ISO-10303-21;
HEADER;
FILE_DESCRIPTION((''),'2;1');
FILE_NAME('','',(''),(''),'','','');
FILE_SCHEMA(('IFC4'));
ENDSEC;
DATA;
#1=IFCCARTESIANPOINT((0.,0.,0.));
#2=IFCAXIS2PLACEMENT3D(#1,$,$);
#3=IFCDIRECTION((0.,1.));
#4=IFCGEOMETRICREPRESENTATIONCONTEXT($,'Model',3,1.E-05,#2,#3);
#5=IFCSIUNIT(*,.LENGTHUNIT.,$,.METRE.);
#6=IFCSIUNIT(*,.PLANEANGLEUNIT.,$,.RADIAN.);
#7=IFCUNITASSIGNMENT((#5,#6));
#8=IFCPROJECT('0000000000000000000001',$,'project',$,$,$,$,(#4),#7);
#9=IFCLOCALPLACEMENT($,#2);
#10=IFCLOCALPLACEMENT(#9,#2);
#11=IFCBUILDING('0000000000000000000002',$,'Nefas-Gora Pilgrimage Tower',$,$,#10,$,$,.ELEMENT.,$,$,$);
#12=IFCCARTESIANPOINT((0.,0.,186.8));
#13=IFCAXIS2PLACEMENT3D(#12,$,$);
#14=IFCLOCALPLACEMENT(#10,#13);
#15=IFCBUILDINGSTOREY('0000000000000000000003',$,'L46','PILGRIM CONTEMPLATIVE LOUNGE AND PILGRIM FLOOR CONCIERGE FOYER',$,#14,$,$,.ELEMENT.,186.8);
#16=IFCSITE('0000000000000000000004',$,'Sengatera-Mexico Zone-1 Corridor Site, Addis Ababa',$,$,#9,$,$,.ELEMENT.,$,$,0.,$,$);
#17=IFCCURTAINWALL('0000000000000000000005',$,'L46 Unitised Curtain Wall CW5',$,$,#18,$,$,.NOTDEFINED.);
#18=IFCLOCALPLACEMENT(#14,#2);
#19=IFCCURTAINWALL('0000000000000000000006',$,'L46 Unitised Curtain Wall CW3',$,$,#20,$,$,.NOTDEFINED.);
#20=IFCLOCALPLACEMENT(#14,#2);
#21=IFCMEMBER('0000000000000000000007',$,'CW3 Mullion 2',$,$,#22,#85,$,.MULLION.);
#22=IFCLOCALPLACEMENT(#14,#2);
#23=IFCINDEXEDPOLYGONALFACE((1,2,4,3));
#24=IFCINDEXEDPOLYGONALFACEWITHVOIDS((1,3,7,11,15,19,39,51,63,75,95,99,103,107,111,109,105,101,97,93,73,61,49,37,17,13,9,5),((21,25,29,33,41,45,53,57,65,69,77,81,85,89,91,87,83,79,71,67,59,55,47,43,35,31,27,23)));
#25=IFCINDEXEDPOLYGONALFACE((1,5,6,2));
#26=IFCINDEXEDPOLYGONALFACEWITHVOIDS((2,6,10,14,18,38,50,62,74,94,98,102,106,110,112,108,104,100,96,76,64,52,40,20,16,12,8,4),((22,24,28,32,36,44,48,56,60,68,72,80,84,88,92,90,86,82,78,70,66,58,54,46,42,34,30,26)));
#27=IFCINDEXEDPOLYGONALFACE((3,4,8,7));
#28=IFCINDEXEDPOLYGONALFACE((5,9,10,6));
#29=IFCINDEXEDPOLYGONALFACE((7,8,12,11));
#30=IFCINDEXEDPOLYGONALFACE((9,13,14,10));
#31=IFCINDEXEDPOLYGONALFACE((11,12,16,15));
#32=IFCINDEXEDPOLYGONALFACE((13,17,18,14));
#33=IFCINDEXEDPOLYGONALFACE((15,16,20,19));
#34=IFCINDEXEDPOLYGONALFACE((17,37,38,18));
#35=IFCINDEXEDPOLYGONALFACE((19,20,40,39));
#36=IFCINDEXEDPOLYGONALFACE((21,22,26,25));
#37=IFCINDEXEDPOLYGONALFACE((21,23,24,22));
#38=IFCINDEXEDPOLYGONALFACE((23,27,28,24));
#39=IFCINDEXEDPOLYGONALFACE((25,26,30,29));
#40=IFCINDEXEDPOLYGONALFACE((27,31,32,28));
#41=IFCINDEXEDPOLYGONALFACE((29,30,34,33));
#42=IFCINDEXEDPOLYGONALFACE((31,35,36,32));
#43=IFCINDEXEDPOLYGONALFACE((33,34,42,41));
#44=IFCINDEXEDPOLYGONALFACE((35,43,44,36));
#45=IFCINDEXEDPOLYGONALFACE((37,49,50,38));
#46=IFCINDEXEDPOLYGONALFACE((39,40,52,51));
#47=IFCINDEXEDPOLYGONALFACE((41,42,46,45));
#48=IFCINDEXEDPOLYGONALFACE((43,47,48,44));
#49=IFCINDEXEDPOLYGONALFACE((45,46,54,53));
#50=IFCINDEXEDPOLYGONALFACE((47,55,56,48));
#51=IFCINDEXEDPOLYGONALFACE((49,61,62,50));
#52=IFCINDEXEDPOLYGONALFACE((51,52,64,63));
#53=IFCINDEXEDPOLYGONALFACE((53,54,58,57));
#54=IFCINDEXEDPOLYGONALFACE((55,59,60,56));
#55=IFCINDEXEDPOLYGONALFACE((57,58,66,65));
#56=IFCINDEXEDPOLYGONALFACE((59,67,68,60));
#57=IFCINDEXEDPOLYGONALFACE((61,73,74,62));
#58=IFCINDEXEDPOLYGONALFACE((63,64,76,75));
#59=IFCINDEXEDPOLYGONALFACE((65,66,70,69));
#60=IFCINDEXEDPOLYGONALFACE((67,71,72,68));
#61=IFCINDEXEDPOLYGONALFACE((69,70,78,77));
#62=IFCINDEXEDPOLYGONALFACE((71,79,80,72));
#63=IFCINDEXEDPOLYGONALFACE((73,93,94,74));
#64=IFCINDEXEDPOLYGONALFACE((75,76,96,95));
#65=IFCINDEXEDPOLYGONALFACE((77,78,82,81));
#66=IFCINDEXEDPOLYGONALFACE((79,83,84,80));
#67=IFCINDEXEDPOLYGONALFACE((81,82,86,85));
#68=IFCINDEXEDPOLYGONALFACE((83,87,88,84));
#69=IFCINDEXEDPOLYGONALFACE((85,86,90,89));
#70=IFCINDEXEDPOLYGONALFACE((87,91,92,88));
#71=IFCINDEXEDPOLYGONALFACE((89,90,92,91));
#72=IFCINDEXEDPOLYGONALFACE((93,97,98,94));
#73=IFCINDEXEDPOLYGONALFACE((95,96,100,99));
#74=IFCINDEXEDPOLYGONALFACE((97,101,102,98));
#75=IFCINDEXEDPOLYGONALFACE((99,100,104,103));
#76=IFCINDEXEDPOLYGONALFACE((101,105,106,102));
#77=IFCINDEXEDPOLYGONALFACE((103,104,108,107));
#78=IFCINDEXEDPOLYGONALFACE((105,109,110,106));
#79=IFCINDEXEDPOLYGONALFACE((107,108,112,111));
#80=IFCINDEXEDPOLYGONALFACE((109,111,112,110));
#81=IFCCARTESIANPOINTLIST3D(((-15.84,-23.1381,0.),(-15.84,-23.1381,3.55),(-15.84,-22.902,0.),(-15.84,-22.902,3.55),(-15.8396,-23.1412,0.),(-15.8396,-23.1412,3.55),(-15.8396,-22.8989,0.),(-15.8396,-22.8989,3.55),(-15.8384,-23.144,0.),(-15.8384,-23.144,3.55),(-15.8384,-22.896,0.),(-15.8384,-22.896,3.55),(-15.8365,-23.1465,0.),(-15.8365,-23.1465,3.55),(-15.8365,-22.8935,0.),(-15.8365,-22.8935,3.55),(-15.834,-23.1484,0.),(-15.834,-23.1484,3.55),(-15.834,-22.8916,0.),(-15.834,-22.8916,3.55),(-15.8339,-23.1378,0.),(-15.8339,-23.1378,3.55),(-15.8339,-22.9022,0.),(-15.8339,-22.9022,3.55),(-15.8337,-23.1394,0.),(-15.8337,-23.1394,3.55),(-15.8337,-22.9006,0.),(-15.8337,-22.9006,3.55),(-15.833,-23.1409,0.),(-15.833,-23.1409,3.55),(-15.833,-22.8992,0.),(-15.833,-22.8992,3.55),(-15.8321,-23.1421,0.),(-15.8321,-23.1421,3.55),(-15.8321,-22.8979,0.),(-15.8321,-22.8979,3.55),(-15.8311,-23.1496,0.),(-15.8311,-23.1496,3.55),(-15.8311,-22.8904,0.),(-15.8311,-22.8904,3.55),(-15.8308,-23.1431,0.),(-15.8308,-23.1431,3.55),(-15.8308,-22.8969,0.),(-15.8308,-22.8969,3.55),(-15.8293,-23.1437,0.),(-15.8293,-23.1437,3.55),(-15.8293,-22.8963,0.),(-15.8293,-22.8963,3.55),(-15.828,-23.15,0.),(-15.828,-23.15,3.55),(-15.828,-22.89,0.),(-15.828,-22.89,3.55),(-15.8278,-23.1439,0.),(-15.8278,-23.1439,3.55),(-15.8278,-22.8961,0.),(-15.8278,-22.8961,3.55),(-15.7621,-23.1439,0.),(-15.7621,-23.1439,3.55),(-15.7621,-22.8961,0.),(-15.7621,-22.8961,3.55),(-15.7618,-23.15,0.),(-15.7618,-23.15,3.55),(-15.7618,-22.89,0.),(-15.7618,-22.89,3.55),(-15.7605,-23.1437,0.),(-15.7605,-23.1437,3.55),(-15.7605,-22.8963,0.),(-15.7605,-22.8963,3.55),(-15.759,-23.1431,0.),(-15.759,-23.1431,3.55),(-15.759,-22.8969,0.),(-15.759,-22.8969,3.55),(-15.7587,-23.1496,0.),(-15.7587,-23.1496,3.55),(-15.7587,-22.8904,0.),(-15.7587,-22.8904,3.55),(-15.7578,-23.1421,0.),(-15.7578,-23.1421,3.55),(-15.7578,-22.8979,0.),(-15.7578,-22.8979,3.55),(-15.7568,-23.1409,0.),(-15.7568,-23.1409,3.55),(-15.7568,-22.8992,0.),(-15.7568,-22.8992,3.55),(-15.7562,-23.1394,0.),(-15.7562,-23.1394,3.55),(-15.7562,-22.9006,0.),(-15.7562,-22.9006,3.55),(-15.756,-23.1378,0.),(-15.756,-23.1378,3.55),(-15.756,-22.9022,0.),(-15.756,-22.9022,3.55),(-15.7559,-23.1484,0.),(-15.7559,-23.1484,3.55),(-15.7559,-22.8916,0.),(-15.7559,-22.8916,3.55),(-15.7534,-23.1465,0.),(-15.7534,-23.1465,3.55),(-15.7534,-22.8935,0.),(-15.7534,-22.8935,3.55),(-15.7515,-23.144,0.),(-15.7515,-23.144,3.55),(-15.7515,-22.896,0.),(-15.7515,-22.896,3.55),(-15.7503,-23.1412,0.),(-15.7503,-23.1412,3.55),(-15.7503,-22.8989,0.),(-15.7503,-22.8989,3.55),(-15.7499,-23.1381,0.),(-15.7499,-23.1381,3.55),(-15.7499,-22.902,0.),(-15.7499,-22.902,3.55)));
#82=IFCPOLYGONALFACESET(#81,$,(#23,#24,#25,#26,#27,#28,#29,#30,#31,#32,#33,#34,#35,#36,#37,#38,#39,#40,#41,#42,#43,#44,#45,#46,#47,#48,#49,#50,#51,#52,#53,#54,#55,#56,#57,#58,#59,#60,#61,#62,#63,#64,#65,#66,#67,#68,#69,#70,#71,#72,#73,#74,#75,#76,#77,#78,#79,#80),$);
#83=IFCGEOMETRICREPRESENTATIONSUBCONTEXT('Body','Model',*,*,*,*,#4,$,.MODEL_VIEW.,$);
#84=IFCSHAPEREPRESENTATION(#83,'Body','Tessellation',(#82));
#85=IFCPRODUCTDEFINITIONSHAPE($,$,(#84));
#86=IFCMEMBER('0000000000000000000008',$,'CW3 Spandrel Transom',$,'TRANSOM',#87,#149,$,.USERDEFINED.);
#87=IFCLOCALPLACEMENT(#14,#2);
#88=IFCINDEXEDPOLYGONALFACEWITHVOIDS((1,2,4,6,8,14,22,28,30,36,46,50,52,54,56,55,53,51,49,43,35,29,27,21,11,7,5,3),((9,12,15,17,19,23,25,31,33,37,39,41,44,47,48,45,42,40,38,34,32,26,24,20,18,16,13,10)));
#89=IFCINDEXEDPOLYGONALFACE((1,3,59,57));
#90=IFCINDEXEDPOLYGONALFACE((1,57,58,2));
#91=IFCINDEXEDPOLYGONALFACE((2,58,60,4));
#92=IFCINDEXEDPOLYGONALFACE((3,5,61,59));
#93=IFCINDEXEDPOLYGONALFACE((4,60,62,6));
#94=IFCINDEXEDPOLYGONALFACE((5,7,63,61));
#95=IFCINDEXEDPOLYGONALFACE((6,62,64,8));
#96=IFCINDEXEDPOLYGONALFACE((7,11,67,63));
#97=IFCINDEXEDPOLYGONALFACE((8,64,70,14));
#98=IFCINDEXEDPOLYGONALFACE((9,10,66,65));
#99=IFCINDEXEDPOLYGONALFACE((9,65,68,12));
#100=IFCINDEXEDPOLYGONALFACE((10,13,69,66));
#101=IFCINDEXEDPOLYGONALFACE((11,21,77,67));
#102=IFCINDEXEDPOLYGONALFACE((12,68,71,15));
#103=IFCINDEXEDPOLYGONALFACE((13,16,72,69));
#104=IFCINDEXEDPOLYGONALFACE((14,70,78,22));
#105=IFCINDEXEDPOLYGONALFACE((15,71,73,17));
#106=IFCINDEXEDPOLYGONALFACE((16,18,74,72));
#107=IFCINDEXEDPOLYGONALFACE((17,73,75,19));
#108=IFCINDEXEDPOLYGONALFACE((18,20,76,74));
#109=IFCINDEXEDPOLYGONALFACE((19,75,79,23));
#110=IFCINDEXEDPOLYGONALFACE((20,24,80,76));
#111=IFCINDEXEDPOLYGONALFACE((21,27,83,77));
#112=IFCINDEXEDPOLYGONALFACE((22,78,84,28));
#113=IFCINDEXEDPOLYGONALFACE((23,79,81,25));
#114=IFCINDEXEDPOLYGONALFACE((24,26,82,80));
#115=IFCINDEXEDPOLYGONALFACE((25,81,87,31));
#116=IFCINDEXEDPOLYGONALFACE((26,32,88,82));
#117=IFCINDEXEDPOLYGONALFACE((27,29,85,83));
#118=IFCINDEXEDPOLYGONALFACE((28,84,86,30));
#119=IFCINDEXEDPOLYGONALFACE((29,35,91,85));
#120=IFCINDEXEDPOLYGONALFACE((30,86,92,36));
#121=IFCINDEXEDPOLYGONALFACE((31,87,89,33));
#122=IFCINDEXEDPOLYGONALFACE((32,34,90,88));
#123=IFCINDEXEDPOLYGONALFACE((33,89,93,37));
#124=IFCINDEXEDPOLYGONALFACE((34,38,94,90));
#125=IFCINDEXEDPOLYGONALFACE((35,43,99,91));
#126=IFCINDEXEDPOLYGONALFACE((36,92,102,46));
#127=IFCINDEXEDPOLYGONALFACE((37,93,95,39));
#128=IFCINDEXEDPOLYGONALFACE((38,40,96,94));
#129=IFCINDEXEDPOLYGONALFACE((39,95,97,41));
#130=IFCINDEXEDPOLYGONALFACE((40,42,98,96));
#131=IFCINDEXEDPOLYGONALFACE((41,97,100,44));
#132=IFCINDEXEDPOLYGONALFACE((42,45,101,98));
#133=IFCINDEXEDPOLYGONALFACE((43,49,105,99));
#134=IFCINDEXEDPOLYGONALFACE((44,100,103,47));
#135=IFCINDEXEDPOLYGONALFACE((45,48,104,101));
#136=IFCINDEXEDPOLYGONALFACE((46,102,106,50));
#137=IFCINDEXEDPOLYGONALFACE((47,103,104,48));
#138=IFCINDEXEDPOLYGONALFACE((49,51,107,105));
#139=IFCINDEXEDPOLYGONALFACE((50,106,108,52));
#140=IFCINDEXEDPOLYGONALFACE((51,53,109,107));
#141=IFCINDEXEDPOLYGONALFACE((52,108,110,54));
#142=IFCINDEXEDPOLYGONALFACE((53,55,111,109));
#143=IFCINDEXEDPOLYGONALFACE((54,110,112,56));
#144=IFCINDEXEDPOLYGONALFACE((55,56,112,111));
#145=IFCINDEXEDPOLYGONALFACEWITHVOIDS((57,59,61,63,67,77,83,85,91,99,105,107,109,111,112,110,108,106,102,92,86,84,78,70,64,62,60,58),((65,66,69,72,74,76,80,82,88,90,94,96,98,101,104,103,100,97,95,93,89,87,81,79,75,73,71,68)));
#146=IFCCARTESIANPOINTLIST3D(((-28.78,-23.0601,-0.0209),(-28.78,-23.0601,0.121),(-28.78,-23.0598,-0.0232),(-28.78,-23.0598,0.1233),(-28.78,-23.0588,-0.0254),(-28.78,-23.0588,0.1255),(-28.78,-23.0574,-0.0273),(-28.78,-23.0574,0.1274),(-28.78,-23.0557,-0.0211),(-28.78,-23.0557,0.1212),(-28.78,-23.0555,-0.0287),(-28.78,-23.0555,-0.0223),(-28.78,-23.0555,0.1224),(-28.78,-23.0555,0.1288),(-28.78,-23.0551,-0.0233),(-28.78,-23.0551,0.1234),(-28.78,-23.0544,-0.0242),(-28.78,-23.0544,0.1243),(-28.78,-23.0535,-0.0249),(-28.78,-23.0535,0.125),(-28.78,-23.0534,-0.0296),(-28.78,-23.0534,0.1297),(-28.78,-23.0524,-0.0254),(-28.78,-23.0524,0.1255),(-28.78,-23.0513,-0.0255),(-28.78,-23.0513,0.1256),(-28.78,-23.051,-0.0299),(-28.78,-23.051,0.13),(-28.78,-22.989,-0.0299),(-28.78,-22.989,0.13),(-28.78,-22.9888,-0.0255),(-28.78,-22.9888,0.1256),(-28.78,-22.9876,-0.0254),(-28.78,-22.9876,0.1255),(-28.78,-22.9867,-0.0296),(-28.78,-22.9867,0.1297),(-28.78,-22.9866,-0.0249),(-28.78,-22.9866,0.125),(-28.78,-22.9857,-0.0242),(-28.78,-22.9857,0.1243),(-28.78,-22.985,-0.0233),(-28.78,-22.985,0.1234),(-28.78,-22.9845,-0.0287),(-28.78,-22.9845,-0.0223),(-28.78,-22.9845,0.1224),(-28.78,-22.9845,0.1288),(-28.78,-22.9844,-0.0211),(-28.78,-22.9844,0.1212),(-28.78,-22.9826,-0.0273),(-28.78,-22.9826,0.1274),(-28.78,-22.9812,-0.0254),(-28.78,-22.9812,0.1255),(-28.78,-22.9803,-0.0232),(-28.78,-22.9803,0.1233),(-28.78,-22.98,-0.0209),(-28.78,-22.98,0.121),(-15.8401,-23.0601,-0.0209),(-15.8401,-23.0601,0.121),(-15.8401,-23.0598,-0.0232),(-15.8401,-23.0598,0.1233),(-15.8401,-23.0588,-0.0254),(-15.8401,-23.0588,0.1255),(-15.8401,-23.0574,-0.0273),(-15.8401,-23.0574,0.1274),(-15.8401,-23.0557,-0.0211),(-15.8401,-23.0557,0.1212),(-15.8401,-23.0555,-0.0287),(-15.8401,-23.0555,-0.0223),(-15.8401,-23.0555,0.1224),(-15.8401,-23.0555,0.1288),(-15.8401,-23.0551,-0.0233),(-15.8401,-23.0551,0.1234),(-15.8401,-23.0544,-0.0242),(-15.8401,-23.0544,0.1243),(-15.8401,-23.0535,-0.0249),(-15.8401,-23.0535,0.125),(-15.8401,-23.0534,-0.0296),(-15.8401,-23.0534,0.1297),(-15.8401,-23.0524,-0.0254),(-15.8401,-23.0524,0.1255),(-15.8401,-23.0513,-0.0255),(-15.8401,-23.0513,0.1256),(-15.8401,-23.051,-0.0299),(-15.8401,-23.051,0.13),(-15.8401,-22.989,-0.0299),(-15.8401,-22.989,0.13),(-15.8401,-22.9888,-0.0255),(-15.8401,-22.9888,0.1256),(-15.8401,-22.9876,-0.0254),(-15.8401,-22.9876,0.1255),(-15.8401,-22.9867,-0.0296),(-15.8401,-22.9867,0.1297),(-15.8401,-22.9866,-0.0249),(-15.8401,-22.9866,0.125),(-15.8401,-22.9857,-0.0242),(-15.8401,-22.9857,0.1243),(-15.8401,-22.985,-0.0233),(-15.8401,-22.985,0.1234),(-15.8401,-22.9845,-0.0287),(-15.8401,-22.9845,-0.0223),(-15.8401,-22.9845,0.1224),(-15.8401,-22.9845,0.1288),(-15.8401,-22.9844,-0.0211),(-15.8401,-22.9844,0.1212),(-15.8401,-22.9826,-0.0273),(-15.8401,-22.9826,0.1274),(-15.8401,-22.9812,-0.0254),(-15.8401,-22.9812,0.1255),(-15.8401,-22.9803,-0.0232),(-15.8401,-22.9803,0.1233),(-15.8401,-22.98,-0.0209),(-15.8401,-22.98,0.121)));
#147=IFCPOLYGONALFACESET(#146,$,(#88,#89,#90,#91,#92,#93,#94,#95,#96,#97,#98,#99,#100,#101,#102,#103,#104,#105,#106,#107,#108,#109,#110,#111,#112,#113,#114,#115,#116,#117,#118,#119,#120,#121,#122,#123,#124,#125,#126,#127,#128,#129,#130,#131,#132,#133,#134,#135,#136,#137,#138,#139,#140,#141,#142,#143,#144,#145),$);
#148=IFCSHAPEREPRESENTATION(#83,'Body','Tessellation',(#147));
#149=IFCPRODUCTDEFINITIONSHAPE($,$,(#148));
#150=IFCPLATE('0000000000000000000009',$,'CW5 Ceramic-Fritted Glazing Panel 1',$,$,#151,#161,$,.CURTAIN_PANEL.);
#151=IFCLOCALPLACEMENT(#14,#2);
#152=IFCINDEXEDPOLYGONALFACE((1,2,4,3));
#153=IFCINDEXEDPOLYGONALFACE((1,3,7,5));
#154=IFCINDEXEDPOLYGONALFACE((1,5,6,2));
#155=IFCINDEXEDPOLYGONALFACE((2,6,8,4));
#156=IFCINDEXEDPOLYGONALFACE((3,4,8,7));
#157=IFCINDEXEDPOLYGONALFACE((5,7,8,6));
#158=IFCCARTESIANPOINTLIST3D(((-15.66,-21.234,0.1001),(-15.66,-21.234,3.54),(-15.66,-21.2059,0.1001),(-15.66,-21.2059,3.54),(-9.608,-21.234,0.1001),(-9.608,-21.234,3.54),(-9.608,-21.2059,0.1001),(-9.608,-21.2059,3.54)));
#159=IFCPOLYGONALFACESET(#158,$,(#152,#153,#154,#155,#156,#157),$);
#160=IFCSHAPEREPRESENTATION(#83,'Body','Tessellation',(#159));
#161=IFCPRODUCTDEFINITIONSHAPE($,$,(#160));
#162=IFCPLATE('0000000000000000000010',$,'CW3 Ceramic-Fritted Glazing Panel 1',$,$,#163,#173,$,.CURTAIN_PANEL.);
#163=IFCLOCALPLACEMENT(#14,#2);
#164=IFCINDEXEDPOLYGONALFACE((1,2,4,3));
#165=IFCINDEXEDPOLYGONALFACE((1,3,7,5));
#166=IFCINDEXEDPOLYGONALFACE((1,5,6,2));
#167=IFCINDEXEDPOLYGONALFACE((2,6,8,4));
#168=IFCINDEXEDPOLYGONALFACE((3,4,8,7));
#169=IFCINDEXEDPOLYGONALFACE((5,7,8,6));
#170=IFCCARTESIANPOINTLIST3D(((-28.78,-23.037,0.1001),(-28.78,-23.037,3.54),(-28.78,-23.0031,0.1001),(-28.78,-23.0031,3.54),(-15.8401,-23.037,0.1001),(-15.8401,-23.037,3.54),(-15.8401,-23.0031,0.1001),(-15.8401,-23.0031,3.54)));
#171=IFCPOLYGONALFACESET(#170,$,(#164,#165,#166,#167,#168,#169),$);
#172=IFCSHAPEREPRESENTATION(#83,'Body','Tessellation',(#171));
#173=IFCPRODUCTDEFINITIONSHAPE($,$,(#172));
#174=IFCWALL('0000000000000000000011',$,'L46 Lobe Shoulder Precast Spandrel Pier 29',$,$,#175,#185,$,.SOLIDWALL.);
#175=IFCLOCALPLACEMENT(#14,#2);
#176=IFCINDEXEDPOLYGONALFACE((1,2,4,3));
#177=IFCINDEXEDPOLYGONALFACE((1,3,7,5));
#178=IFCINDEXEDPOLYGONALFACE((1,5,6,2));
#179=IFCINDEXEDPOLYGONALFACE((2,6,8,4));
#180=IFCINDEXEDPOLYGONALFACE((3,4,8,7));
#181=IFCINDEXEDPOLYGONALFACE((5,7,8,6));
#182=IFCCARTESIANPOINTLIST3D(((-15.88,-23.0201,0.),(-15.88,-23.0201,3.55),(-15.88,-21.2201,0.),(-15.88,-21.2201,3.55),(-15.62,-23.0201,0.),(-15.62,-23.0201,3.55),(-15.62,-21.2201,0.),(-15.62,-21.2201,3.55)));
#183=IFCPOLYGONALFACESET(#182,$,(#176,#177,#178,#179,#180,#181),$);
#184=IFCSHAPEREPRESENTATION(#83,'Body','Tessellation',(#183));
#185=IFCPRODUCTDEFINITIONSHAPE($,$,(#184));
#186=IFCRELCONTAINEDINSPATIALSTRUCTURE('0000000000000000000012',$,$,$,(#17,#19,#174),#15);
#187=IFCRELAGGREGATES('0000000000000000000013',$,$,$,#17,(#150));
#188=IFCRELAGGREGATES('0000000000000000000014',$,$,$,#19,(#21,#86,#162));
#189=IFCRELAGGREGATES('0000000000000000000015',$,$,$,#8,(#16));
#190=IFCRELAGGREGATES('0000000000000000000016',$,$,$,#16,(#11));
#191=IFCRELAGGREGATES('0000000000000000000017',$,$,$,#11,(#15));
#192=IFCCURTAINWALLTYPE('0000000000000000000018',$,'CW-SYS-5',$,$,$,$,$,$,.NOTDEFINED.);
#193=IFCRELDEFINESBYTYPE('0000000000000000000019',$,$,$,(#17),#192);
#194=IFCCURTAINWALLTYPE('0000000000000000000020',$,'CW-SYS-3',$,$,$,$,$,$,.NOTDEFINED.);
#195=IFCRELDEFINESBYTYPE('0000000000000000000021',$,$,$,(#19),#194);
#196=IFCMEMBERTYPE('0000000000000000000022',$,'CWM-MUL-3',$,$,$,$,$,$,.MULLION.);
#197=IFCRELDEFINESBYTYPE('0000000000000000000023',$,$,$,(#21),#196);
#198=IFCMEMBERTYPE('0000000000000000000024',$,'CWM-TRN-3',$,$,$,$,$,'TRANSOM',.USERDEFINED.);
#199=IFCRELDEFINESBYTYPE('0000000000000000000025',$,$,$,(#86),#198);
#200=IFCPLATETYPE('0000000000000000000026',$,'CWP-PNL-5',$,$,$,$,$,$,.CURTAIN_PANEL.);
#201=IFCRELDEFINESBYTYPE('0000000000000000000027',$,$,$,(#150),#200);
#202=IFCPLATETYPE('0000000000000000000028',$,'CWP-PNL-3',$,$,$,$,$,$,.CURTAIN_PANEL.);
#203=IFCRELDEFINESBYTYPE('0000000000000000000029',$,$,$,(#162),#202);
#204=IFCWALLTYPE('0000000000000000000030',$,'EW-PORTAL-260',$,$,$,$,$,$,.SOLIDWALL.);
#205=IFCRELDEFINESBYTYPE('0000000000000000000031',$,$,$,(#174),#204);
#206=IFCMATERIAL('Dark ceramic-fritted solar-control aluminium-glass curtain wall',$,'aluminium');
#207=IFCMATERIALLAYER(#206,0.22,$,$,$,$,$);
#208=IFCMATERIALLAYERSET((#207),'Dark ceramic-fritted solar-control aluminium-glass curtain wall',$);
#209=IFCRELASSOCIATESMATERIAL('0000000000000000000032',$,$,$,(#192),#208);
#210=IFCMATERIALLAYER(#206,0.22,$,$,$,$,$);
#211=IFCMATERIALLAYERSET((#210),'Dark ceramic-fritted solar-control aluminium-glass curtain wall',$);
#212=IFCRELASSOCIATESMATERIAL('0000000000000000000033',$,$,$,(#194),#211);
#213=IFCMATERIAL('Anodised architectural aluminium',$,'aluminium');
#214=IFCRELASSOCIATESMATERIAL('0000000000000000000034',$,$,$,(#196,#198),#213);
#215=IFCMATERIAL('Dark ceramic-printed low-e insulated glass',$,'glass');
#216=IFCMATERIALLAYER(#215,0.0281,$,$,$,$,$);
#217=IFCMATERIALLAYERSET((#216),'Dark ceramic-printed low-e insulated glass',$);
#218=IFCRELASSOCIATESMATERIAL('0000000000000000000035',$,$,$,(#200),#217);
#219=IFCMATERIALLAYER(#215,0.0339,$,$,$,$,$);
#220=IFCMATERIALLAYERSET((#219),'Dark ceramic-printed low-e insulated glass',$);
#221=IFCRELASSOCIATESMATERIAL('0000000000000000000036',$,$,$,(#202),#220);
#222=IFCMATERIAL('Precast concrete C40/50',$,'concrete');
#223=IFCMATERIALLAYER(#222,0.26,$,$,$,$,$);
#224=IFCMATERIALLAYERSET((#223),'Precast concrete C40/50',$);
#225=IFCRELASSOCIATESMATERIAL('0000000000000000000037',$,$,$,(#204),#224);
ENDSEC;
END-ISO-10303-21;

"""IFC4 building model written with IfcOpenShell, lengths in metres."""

from ifc_helpers import new_model, si_unit, direction, frame, frame_2d, origin, origin_2d, place, context, subcontext, project, spatial, rectangle, hollow_rectangle, extrude, source, transform, mapped, material, layer, layer_set, material_profile, profile_set, type_object, element, aggregate, save


model = new_model("IFC4")

# Units and contexts
model_context = context("Model", 3, precision=1e-05, world=origin(), true_north=direction((0.0, 1.0)))
body_context = subcontext(model_context, "Body", "Model", "MODEL_VIEW")
ifc_project = project(units=[si_unit("LENGTHUNIT", "METRE"), si_unit("PLANEANGLEUNIT", "RADIAN")], contexts=[model_context])

# Site, building, storey
site_placement = place(None, origin())
site = spatial("IfcSite", under=ifc_project, at=site_placement, Name="Sengatera-Mexico Zone-1 Corridor Site, Addis Ababa", CompositionType="ELEMENT", RefElevation=0.0)
building_placement = place(site_placement, origin())
building = spatial("IfcBuilding", under=site, at=building_placement, Name="Nefas-Gora Pilgrimage Tower", CompositionType="ELEMENT")
storey_placement = place(building_placement, frame((0.0, 0.0, 186.8)))
storey = spatial("IfcBuildingStorey", under=building, at=storey_placement, Name="L46", Description="PILGRIM CONTEMPLATIVE LOUNGE AND PILGRIM FLOOR CONCIERGE FOYER", CompositionType="ELEMENT", Elevation=186.8)

# Curtain wall
ifc_material_1 = material(Name="Dark ceramic-fritted solar-control aluminium-glass curtain wall", Category="aluminium")
ifc_layer_1 = layer(ifc_material_1, 0.22)
ifc_layer_set_1 = layer_set([ifc_layer_1], Name="Dark ceramic-fritted solar-control aluminium-glass curtain wall")
curtain_wall_type_1 = type_object("IfcCurtainWallType", Name="CW-SYS-5", PredefinedType="NOTDEFINED", material=ifc_layer_set_1)
curtain_wall_1_placement = place(storey_placement, origin())
curtain_wall_1 = element("IfcCurtainWall", 1, at=curtain_wall_1_placement, inside=storey, type_object=curtain_wall_type_1, Name="L46 Unitised Curtain Wall CW5", PredefinedType="NOTDEFINED")
ifc_material_2 = material(Name="Anodised architectural aluminium", Category="aluminium")

# Shared definitions
ifc_layer_2 = layer(ifc_material_1, 0.22)
ifc_layer_set_2 = layer_set([ifc_layer_2], Name="Dark ceramic-fritted solar-control aluminium-glass curtain wall")
curtain_wall_type_2 = type_object("IfcCurtainWallType", Name="CW-SYS-3", PredefinedType="NOTDEFINED", material=ifc_layer_set_2)
ifc_material_profile_1 = material_profile(ifc_material_2, hollow_rectangle(XDim=0.0901, YDim=0.26, WallThickness=0.0061, InnerFilletRadius=0.0061, OuterFilletRadius=0.012, at=origin_2d()), Name="ALU MULLION 90x260")
ifc_profile_set_1 = profile_set([ifc_material_profile_1], Name="Anodised architectural aluminium")
member_type_1 = type_object("IfcMemberType", Name="CWM-MUL-3", PredefinedType="MULLION", material=ifc_profile_set_1)
shared_shape_1 = source(origin(), body_context, "Body", "SweptSolid", [
    extrude(hollow_rectangle(XDim=0.0901, YDim=0.26, WallThickness=0.0061, InnerFilletRadius=0.0061, OuterFilletRadius=0.012, at=origin_2d()), origin(), (0.0, 0.0, 1.0), 3.55),
])

# Curtain wall, members
curtain_wall_2_placement = place(storey_placement, origin())
curtain_wall_2 = element("IfcCurtainWall", 2, at=curtain_wall_2_placement, inside=storey, type_object=curtain_wall_type_2, Name="L46 Unitised Curtain Wall CW3", PredefinedType="NOTDEFINED")
member_1_placement = place(storey_placement, frame((-15.7949, -23.02, 0.0), z_axis=(0.0, 0.0, 1.0), x_axis=(1.0, 0.0, 0.0)))
member_1 = element("IfcMember", 3, at=member_1_placement, type_object=member_type_1, Name="CW3 Mullion 2", PredefinedType="MULLION", context=body_context, shape_type="MappedRepresentation", body=[
    mapped(shared_shape_1, transform((0.0, 0.0, 0.0), x_axis=(1.0, 0.0, 0.0), y_axis=(0.0, 1.0, 0.0), z_axis=(0.0, 0.0, 1.0), scale=1.0)),
])
ifc_material_profile_2 = material_profile(ifc_material_2, hollow_rectangle(XDim=0.0801, YDim=0.1599, WallThickness=0.0044, InnerFilletRadius=0.0044, OuterFilletRadius=0.009, at=origin_2d()), Name="ALU TRANSOM 80x160")
ifc_profile_set_2 = profile_set([ifc_material_profile_2], Name="Anodised architectural aluminium")
member_type_2 = type_object("IfcMemberType", Name="CWM-TRN-3", ElementType="TRANSOM", PredefinedType="USERDEFINED", material=ifc_profile_set_2)
shared_shape_2 = source(origin(), body_context, "Body", "SweptSolid", [
    extrude(hollow_rectangle(XDim=0.0801, YDim=0.1599, WallThickness=0.0044, InnerFilletRadius=0.0044, OuterFilletRadius=0.009, at=origin_2d()), origin(), (0.0, 0.0, 1.0), 12.9399),
])
member_2_placement = place(storey_placement, frame((-28.78, -23.02, 0.05), z_axis=(1.0, 0.0, 0.0), x_axis=(0.0, 1.0, 0.0)))
member_2 = element("IfcMember", 4, at=member_2_placement, type_object=member_type_2, Name="CW3 Spandrel Transom", ObjectType="TRANSOM", PredefinedType="USERDEFINED", context=body_context, shape_type="MappedRepresentation", body=[
    mapped(shared_shape_2, transform((0.0, 0.0, 0.0), x_axis=(1.0, 0.0, 0.0), y_axis=(0.0, 1.0, 0.0), z_axis=(0.0, 0.0, 1.0), scale=1.0)),
])

# Plates
ifc_material_3 = material(Name="Dark ceramic-printed low-e insulated glass", Category="glass")
ifc_layer_3 = layer(ifc_material_3, 0.0281)
ifc_layer_set_3 = layer_set([ifc_layer_3], Name="Dark ceramic-printed low-e insulated glass")
plate_type_1 = type_object("IfcPlateType", Name="CWP-PNL-5", PredefinedType="CURTAIN_PANEL", material=ifc_layer_set_3)
shared_shape_3 = source(origin(), body_context, "Body", "SweptSolid", [
    extrude(rectangle(XDim=6.052, YDim=0.0281, at=origin_2d()), origin(), (0.0, 0.0, 1.0), 3.4399),
])
plate_1_placement = place(storey_placement, frame((-12.634, -21.22, 0.1001), z_axis=(0.0, 0.0, 1.0), x_axis=(1.0, 0.0, 0.0)))
plate_1 = element("IfcPlate", 5, at=plate_1_placement, type_object=plate_type_1, Name="CW5 Ceramic-Fritted Glazing Panel 1", PredefinedType="CURTAIN_PANEL", context=body_context, shape_type="MappedRepresentation", body=[
    mapped(shared_shape_3, transform((0.0, 0.0, 0.0), x_axis=(1.0, 0.0, 0.0), y_axis=(0.0, 1.0, 0.0), z_axis=(0.0, 0.0, 1.0), scale=1.0)),
])
aggregate(curtain_wall_1, [plate_1])
ifc_layer_4 = layer(ifc_material_3, 0.0339)
ifc_layer_set_4 = layer_set([ifc_layer_4], Name="Dark ceramic-printed low-e insulated glass")
plate_type_2 = type_object("IfcPlateType", Name="CWP-PNL-3", PredefinedType="CURTAIN_PANEL", material=ifc_layer_set_4)
shared_shape_4 = source(origin(), body_context, "Body", "SweptSolid", [
    extrude(rectangle(XDim=12.9399, YDim=0.0339, at=origin_2d()), origin(), (0.0, 0.0, 1.0), 3.4399),
])
plate_2_placement = place(storey_placement, frame((-22.3101, -23.02, 0.1001), z_axis=(0.0, 0.0, 1.0), x_axis=(1.0, 0.0, 0.0)))
plate_2 = element("IfcPlate", 6, at=plate_2_placement, type_object=plate_type_2, Name="CW3 Ceramic-Fritted Glazing Panel 1", PredefinedType="CURTAIN_PANEL", context=body_context, shape_type="MappedRepresentation", body=[
    mapped(shared_shape_4, transform((0.0, 0.0, 0.0), x_axis=(1.0, 0.0, 0.0), y_axis=(0.0, 1.0, 0.0), z_axis=(0.0, 0.0, 1.0), scale=1.0)),
])
aggregate(curtain_wall_2, [member_1, member_2, plate_2])

# Wall
ifc_material_4 = material(Name="Precast concrete C40/50", Category="concrete")
ifc_layer_5 = layer(ifc_material_4, 0.26)
ifc_layer_set_5 = layer_set([ifc_layer_5], Name="Precast concrete C40/50")
wall_type_1 = type_object("IfcWallType", Name="EW-PORTAL-260", PredefinedType="SOLIDWALL", material=ifc_layer_set_5)
shared_shape_5 = source(origin(), body_context, "Body", "SweptSolid", [
    extrude(rectangle(XDim=1.8, YDim=0.26, at=frame_2d((0.8999, 0.0))), origin(), (0.0, 0.0, 1.0), 3.55),
])
wall_1_placement = place(storey_placement, frame((-15.75, -23.02, 0.0), z_axis=(0.0, 0.0, 1.0), x_axis=(0.0, 1.0, 0.0)))
element("IfcWall", 7, at=wall_1_placement, inside=storey, type_object=wall_type_1, Name="L46 Lobe Shoulder Precast Spandrel Pier 29", PredefinedType="SOLIDWALL", context=body_context, shape_type="MappedRepresentation", body=[
    mapped(shared_shape_5, transform((0.0, 0.0, 0.0), x_axis=(1.0, 0.0, 0.0), y_axis=(0.0, 1.0, 0.0), z_axis=(0.0, 0.0, 1.0), scale=1.0)),
])

save(model, "model.ifc")
